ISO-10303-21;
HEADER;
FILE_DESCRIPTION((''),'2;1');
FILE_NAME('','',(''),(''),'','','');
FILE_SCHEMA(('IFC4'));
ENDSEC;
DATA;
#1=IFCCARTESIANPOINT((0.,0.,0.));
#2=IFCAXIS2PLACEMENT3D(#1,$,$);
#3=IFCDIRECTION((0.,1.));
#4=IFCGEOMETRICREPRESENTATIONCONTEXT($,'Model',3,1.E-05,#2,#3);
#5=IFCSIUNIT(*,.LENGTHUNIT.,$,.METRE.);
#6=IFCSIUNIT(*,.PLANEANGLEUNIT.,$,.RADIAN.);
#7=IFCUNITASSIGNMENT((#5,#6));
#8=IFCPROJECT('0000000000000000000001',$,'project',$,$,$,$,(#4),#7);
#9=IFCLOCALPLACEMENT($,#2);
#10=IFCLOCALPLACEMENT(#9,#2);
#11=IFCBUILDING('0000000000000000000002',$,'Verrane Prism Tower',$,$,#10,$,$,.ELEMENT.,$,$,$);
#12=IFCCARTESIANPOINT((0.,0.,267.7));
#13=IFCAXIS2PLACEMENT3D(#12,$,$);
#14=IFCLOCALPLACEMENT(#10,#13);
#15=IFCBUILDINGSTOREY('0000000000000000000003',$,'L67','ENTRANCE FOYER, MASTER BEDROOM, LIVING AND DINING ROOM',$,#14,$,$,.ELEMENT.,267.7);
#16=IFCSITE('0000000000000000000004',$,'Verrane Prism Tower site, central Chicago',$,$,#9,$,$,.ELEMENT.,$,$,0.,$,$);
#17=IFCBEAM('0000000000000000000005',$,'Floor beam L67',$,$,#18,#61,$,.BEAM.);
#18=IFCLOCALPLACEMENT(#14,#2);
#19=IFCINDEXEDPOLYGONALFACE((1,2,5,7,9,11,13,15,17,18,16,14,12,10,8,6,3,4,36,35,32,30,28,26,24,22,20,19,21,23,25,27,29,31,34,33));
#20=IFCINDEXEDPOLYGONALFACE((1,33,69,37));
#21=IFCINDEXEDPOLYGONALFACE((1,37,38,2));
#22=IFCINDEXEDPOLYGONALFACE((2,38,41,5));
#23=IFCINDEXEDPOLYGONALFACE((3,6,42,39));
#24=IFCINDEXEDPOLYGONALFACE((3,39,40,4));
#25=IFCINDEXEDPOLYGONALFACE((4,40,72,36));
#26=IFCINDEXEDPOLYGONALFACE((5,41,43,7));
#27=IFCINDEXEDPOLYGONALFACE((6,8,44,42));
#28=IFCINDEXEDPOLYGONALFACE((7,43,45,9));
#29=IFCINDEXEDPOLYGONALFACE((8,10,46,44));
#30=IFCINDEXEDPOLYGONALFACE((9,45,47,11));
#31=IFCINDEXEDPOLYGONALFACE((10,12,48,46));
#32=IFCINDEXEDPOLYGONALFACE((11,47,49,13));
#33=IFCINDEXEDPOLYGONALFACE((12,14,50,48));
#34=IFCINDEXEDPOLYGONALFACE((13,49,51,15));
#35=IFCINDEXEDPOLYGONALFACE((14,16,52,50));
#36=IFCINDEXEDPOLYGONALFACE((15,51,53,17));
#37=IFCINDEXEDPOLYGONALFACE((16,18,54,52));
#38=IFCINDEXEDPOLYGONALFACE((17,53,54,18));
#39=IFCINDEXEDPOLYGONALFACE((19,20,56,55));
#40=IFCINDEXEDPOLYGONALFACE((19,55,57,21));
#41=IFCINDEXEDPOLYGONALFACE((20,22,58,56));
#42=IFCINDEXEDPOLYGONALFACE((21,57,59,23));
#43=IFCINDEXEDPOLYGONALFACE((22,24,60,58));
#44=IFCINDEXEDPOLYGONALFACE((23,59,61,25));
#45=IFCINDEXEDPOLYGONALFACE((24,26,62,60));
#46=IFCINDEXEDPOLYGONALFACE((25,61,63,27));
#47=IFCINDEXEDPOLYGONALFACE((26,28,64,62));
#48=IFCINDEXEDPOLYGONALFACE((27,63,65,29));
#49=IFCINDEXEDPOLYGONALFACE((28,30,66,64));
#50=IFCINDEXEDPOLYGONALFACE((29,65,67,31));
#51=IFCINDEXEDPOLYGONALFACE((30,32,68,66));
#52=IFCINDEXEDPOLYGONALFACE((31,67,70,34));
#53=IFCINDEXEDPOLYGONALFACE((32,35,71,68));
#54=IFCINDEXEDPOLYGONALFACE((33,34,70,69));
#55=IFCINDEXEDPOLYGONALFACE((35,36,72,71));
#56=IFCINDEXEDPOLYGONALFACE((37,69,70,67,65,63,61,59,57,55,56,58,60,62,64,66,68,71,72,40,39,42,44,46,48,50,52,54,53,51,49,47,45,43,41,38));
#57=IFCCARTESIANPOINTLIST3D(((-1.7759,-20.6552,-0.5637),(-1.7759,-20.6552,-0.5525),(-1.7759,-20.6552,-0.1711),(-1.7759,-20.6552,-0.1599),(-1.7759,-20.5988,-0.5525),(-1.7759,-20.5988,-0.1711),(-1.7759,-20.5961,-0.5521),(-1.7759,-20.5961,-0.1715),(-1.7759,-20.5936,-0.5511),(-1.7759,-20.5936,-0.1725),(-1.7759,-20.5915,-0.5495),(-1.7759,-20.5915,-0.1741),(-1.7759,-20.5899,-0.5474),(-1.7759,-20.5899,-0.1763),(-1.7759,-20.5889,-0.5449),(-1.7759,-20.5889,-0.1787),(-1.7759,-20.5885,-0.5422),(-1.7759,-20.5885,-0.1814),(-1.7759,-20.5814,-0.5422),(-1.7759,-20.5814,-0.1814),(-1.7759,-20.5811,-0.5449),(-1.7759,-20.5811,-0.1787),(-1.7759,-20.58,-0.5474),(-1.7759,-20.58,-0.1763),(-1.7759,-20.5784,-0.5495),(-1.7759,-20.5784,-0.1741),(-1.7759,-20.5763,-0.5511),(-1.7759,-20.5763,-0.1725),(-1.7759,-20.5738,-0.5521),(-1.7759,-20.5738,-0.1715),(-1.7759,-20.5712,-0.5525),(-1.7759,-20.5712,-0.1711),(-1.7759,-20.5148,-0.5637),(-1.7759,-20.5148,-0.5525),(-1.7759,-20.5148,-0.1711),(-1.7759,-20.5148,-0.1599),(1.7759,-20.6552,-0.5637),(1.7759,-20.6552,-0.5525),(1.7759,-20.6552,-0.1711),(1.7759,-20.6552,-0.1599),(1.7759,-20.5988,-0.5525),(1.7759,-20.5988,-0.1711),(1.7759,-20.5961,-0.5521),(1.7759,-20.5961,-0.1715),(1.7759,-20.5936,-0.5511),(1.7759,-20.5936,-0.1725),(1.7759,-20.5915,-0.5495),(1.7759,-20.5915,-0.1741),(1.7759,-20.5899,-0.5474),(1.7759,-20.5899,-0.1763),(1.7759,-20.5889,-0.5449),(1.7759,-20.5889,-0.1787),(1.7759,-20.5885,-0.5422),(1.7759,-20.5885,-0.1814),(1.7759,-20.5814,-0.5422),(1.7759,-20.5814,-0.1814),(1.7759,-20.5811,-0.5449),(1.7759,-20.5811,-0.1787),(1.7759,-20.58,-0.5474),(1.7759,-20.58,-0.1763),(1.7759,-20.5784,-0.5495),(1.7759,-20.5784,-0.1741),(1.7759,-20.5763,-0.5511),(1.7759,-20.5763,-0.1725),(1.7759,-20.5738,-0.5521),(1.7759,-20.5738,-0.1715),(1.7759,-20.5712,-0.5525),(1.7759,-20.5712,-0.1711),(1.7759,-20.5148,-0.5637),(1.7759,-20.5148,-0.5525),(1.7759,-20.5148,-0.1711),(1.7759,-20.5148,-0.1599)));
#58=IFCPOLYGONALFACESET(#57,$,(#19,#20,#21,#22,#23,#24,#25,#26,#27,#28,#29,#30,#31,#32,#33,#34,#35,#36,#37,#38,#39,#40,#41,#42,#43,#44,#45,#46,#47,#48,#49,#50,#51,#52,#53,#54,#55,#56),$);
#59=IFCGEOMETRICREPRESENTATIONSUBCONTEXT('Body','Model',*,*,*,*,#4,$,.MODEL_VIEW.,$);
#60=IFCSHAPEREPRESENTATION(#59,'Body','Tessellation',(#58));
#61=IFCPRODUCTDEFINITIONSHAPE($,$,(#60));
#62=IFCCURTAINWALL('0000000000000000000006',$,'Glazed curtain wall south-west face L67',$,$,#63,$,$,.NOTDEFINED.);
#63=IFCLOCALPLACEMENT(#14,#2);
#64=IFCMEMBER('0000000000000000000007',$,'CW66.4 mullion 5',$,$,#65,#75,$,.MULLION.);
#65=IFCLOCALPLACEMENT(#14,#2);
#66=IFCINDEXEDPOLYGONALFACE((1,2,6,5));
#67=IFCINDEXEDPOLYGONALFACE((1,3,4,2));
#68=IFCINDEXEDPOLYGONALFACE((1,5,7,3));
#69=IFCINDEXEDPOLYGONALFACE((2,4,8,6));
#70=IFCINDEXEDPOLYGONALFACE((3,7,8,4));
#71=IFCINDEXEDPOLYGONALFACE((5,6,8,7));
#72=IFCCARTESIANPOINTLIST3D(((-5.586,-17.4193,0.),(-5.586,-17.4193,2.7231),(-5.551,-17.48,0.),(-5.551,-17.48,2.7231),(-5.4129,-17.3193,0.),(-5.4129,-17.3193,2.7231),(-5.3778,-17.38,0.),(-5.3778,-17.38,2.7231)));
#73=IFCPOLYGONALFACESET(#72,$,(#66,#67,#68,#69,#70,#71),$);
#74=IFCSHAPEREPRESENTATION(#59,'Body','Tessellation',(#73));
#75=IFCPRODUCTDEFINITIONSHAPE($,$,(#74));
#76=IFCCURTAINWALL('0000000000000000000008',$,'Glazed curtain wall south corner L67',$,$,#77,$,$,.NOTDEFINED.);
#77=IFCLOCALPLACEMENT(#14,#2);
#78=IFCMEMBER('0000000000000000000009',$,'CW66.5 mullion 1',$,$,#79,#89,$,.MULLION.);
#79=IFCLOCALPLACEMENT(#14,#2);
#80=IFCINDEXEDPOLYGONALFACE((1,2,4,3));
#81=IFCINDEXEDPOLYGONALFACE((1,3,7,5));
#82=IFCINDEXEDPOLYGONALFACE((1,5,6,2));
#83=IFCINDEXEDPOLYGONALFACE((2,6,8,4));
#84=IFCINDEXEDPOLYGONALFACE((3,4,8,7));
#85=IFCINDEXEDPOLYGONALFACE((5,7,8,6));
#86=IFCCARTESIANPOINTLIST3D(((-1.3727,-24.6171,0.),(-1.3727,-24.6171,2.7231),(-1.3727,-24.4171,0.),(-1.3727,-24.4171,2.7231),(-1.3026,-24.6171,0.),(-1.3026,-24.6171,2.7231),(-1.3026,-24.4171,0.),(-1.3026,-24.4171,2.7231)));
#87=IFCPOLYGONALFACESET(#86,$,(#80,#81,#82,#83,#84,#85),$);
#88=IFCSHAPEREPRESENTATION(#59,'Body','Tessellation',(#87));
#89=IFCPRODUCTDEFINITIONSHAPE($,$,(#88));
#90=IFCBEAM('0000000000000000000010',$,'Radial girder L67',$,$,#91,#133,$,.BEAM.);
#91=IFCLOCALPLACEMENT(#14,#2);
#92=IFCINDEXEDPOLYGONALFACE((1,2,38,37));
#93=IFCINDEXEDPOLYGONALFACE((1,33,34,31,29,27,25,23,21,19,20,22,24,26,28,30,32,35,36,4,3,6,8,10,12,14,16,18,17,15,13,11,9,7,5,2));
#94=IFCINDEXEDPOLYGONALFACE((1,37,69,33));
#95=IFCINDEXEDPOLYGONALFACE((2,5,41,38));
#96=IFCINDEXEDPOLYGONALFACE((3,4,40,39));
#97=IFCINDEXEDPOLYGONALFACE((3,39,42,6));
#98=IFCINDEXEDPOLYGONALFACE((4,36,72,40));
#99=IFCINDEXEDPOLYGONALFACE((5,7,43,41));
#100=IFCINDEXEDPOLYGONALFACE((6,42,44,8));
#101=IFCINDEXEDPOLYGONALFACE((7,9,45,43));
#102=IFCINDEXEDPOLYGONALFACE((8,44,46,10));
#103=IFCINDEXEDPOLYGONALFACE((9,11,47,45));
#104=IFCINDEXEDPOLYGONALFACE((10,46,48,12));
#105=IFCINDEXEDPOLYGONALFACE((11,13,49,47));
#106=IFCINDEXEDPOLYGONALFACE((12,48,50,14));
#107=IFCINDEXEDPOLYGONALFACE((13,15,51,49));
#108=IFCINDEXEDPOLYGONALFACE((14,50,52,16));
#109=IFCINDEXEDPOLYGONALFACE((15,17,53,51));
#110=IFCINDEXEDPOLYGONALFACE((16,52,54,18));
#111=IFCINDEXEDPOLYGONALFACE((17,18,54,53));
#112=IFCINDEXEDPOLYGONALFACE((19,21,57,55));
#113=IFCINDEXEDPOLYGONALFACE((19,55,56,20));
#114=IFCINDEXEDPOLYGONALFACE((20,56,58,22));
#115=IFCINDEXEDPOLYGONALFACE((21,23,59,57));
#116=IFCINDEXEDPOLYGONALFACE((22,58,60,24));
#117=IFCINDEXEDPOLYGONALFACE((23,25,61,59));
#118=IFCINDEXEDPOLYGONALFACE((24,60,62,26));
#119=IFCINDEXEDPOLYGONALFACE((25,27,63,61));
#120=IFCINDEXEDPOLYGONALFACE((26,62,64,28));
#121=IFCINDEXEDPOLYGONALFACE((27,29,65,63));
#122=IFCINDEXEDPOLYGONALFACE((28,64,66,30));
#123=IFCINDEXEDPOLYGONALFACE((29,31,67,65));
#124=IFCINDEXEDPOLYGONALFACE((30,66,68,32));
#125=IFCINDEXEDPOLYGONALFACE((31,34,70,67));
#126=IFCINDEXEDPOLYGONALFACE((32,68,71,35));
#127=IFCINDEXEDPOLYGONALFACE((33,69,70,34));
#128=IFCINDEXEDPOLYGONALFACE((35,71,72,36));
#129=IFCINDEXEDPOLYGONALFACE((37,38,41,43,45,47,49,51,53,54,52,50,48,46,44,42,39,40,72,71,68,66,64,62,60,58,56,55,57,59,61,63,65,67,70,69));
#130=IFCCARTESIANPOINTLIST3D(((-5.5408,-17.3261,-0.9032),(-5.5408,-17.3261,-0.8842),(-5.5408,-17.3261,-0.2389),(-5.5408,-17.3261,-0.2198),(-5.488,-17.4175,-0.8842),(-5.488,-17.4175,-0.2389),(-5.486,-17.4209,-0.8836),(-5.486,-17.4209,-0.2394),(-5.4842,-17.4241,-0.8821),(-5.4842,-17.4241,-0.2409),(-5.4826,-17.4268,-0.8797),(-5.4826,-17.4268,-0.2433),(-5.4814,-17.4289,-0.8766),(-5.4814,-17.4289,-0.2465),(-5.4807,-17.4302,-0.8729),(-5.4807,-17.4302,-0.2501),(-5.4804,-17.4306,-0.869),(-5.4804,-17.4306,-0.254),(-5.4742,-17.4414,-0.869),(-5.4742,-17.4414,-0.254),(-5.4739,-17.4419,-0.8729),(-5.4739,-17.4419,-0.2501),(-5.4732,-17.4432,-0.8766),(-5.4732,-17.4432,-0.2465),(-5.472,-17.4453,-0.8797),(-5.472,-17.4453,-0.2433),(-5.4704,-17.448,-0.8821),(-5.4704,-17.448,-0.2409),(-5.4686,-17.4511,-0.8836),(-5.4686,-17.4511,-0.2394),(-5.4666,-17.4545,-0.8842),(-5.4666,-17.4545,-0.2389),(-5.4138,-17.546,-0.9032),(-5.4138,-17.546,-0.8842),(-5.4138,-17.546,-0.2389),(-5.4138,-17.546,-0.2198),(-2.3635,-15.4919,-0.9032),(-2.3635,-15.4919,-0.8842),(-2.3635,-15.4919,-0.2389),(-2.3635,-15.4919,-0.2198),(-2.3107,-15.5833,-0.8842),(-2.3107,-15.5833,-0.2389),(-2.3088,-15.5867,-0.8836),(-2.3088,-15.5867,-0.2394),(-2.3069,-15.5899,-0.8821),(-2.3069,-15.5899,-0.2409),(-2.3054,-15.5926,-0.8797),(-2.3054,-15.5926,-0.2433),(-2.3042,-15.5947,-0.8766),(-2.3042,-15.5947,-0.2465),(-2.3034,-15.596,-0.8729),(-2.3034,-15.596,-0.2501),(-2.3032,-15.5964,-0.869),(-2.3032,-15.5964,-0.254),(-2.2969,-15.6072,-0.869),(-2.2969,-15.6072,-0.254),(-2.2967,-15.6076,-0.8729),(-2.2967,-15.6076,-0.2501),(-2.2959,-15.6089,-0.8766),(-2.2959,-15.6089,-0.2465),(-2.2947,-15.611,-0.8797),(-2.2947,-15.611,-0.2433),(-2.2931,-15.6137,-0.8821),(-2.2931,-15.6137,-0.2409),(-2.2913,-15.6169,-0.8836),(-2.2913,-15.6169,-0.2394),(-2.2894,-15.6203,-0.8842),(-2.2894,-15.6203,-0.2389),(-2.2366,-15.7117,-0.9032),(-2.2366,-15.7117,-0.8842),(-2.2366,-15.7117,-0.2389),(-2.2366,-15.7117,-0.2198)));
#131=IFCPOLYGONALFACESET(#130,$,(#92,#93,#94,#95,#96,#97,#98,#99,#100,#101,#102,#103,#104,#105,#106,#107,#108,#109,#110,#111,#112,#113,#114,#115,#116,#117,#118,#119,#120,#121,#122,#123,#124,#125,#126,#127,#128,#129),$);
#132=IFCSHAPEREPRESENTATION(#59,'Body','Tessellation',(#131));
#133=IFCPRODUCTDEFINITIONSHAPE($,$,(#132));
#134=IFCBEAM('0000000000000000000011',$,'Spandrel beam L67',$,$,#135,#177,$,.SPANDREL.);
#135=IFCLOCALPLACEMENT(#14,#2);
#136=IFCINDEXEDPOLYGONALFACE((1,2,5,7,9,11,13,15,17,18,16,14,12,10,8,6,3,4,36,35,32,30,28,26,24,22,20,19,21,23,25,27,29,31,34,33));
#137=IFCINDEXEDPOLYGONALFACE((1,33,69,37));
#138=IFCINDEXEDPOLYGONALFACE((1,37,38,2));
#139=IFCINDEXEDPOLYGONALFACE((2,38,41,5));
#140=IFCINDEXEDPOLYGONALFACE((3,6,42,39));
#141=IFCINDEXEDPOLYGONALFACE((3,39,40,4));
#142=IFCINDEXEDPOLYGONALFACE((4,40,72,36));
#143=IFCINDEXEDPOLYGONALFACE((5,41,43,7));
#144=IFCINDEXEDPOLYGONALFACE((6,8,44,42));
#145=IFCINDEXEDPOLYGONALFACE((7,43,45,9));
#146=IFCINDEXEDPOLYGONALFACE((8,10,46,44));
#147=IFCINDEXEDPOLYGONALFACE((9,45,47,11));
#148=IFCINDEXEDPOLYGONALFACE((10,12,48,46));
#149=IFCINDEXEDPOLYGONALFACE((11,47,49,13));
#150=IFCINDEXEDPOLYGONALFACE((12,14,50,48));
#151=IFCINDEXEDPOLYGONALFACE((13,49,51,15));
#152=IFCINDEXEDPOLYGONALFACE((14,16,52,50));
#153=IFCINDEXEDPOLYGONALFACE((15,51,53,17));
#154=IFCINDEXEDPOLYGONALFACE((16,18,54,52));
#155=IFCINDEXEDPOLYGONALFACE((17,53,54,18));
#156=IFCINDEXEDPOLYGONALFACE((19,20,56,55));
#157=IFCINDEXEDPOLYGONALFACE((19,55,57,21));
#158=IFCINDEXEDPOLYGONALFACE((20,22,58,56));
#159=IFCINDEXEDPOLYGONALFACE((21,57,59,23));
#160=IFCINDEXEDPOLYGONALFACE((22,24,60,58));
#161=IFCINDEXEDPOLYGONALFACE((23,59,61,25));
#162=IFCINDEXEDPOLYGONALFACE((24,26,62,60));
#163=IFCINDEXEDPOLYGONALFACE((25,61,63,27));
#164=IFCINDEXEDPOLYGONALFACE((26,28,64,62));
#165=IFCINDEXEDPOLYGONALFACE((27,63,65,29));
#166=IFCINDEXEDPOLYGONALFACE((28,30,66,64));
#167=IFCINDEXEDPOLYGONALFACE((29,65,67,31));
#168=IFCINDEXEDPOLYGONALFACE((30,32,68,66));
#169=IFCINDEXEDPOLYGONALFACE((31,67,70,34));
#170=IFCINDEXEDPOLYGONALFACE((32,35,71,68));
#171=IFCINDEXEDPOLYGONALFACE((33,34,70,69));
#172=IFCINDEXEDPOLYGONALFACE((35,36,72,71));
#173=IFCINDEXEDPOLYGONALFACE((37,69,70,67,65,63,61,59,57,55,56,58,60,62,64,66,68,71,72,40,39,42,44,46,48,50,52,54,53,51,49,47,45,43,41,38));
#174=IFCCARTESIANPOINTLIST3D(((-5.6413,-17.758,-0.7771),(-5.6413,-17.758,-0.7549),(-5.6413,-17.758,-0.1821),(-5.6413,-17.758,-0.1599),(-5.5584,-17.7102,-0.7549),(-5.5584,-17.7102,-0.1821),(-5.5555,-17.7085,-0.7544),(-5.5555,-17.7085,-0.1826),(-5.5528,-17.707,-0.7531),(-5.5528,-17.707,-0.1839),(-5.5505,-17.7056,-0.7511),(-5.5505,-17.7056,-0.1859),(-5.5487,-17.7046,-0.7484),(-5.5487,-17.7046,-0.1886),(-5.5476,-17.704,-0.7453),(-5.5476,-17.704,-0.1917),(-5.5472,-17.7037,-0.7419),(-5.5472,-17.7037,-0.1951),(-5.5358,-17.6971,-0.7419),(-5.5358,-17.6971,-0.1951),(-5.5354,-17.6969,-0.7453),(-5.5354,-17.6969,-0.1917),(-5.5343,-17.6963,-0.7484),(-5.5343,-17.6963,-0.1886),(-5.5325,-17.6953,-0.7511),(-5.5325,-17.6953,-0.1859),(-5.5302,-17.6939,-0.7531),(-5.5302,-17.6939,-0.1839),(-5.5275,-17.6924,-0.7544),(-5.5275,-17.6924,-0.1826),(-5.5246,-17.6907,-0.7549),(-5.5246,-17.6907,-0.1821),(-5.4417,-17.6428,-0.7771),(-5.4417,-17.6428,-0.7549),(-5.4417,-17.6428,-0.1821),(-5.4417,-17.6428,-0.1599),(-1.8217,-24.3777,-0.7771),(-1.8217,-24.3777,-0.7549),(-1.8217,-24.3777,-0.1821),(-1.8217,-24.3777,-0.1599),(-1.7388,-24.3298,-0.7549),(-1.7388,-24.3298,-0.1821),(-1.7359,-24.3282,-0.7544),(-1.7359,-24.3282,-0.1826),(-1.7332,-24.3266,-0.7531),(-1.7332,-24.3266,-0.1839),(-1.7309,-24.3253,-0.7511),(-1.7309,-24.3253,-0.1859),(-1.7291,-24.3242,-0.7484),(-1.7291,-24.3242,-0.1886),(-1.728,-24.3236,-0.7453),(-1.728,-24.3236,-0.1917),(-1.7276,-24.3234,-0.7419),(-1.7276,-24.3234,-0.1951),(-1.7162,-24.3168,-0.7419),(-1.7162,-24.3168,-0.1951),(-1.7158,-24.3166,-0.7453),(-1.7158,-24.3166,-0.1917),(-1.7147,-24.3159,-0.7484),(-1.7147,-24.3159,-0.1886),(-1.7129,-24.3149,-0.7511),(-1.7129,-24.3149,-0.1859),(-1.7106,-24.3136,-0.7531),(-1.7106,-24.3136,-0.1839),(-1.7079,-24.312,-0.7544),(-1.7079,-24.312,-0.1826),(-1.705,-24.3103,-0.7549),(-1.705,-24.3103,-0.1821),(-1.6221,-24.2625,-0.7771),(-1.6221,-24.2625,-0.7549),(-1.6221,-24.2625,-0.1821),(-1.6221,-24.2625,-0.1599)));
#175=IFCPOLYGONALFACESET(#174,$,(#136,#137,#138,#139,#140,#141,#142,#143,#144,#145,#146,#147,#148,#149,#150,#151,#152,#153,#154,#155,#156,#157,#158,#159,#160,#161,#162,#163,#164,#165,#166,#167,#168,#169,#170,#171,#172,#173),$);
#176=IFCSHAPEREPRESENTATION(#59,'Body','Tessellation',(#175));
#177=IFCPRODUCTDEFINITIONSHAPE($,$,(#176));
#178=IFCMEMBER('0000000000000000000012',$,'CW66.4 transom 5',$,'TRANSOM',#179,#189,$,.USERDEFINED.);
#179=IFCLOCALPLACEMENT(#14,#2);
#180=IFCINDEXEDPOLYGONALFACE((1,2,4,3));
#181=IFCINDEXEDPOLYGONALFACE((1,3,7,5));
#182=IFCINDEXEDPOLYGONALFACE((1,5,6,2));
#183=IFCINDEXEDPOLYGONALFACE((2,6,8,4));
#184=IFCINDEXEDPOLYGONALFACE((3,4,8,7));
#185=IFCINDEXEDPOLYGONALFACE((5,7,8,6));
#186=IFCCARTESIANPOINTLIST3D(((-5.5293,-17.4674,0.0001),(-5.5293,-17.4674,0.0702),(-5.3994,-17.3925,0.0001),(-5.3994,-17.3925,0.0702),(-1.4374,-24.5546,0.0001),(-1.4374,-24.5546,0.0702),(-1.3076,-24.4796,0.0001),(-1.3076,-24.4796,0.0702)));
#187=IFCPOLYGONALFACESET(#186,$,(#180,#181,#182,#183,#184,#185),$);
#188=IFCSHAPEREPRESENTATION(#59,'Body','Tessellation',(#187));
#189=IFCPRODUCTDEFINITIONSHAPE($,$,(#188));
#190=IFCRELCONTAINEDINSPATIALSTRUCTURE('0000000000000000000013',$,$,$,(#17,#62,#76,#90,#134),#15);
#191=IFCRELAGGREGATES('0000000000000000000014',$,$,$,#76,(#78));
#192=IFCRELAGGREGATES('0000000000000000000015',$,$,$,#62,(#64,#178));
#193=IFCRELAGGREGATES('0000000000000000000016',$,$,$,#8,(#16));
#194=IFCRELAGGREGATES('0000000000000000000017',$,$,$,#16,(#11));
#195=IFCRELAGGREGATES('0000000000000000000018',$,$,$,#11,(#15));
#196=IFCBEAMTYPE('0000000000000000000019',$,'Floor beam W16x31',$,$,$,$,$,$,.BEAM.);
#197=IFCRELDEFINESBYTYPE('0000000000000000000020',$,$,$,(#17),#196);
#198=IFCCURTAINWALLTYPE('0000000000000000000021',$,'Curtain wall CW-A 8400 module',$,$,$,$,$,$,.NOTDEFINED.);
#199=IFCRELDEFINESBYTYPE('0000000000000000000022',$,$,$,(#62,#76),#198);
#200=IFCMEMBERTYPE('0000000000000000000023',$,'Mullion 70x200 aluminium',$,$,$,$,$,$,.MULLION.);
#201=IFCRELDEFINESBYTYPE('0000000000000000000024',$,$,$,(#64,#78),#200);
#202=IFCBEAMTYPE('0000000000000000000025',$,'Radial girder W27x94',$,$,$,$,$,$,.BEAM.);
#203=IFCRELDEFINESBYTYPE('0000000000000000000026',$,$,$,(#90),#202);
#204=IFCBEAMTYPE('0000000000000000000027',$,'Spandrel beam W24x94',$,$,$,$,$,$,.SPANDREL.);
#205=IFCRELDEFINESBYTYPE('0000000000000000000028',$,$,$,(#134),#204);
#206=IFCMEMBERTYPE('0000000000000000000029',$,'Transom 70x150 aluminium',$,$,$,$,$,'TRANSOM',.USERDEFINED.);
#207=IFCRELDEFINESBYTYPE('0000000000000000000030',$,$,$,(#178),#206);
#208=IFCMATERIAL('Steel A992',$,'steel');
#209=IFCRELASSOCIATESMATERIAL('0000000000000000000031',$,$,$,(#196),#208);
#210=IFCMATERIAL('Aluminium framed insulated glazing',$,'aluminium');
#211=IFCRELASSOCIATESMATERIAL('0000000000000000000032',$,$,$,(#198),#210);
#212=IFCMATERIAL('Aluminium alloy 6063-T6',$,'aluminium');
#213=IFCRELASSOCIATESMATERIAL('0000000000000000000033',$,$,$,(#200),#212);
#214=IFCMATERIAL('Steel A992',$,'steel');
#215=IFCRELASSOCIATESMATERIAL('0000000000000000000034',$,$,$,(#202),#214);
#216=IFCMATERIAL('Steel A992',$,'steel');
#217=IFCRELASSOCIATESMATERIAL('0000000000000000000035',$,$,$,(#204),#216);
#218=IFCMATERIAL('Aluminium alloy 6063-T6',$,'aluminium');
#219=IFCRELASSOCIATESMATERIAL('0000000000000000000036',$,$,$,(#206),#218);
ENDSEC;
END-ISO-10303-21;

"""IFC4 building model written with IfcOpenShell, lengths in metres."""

from ifc_helpers import new_model, si_unit, direction, frame, origin, origin_2d, place, context, subcontext, project, spatial, rectangle, i_section, extrude, material, material_profile, profile_set, type_object, element, aggregate, save


model = new_model("IFC4")

# Units and contexts
model_context = context("Model", 3, precision=1e-05, world=origin(), true_north=direction((0.0, 1.0)))
body_context = subcontext(model_context, "Body", "Model", "MODEL_VIEW")
ifc_project = project(units=[si_unit("LENGTHUNIT", "METRE"), si_unit("PLANEANGLEUNIT", "RADIAN")], contexts=[model_context])

# Site, building, storey
site_placement = place(None, origin())
site = spatial("IfcSite", under=ifc_project, at=site_placement, Name="Verrane Prism Tower site, central Chicago", CompositionType="ELEMENT", RefElevation=0.0)
building_placement = place(site_placement, origin())
building = spatial("IfcBuilding", under=site, at=building_placement, Name="Verrane Prism Tower", CompositionType="ELEMENT")
storey_placement = place(building_placement, frame((0.0, 0.0, 267.7)))
storey = spatial("IfcBuildingStorey", under=building, at=storey_placement, Name="L67", Description="ENTRANCE FOYER, MASTER BEDROOM, LIVING AND DINING ROOM", CompositionType="ELEMENT", Elevation=267.7)

# Beam
ifc_material_1 = material(Name="Steel A992", Category="steel")
ifc_material_profile_1 = material_profile(ifc_material_1, i_section(OverallWidth=0.1404, OverallDepth=0.4038, WebThickness=0.0071, FlangeThickness=0.0112, FilletRadius=0.0103, at=origin_2d()), Name="W16x31")
ifc_profile_set_1 = profile_set([ifc_material_profile_1], Name="Steel A992")
beam_type_1 = type_object("IfcBeamType", Name="Floor beam W16x31", PredefinedType="BEAM", material=ifc_profile_set_1)
beam_1_placement = place(storey_placement, frame((-1.7759, -20.585, -0.3618), z_axis=(1.0, 0.0, 0.0), x_axis=(0.0, 1.0, 0.0)))
element("IfcBeam", 1, at=beam_1_placement, inside=storey, type_object=beam_type_1, Name="Floor beam L67", PredefinedType="BEAM", context=body_context, shape_type="SweptSolid", body=[
    extrude(i_section(OverallWidth=0.1404, OverallDepth=0.4038, WebThickness=0.0071, FlangeThickness=0.0112, FilletRadius=0.0103, at=origin_2d()), origin(), (0.0, 0.0, 1.0), 3.5518),
])

# Curtain walls, members
ifc_material_2 = material(Name="Aluminium framed insulated glazing", Category="aluminium")
curtain_wall_type = type_object("IfcCurtainWallType", Name="Curtain wall CW-A 8400 module", PredefinedType="NOTDEFINED", material=ifc_material_2)
curtain_wall_1_placement = place(storey_placement, origin())
curtain_wall_1 = element("IfcCurtainWall", 2, at=curtain_wall_1_placement, inside=storey, type_object=curtain_wall_type, Name="Glazed curtain wall south-west face L67", PredefinedType="NOTDEFINED")
ifc_material_3 = material(Name="Aluminium alloy 6063-T6", Category="aluminium")
ifc_material_profile_2 = material_profile(ifc_material_3, rectangle(XDim=0.2, YDim=0.0701, at=origin_2d()), Name="Mullion 70x200 aluminium")
ifc_profile_set_2 = profile_set([ifc_material_profile_2], Name="Aluminium alloy 6063-T6")
member_type_1 = type_object("IfcMemberType", Name="Mullion 70x200 aluminium", PredefinedType="MULLION", material=ifc_profile_set_2)
member_1_placement = place(storey_placement, frame((-5.4819, -17.3997, 0.0), z_axis=(0.0, 0.0, 1.0), x_axis=(0.866025, 0.500001, 0.0)))
member_1 = element("IfcMember", 3, at=member_1_placement, type_object=member_type_1, Name="CW66.4 mullion 5", PredefinedType="MULLION", context=body_context, shape_type="SweptSolid", body=[
    extrude(rectangle(XDim=0.2, YDim=0.0701, at=origin_2d()), origin(), (0.0, 0.0, 1.0), 2.7231),
])
curtain_wall_2_placement = place(storey_placement, origin())
curtain_wall_2 = element("IfcCurtainWall", 4, at=curtain_wall_2_placement, inside=storey, type_object=curtain_wall_type, Name="Glazed curtain wall south corner L67", PredefinedType="NOTDEFINED")
member_2_placement = place(storey_placement, frame((-1.3376, -24.5171, 0.0), z_axis=(0.0, 0.0, 1.0), x_axis=(0.0, 1.0, 0.0)))
member_2 = element("IfcMember", 5, at=member_2_placement, type_object=member_type_1, Name="CW66.5 mullion 1", PredefinedType="MULLION", context=body_context, shape_type="SweptSolid", body=[
    extrude(rectangle(XDim=0.2, YDim=0.0701, at=origin_2d()), origin(), (0.0, 0.0, 1.0), 2.7231),
])

# Beams
ifc_material_4 = material(Name="Steel A992", Category="steel")
ifc_material_profile_3 = material_profile(ifc_material_4, i_section(OverallWidth=0.2539, OverallDepth=0.6833, WebThickness=0.0125, FlangeThickness=0.019, FilletRadius=0.0151, at=origin_2d()), Name="W27x94")
ifc_profile_set_3 = profile_set([ifc_material_profile_3], Name="Steel A992")
beam_type_2 = type_object("IfcBeamType", Name="Radial girder W27x94", PredefinedType="BEAM", material=ifc_profile_set_3)
beam_2_placement = place(storey_placement, frame((-5.4773, -17.436, -0.5615), z_axis=(0.866044, 0.499968, 0.0), x_axis=(-0.499968, 0.866044, 0.0)))
element("IfcBeam", 6, at=beam_2_placement, inside=storey, type_object=beam_type_2, Name="Radial girder L67", PredefinedType="BEAM", context=body_context, shape_type="SweptSolid", body=[
    extrude(i_section(OverallWidth=0.2539, OverallDepth=0.6833, WebThickness=0.0125, FlangeThickness=0.019, FilletRadius=0.0151, at=origin_2d()), origin(), (0.0, 0.0, 1.0), 3.6687),
])
ifc_material_5 = material(Name="Steel A992", Category="steel")
ifc_material_profile_4 = material_profile(ifc_material_5, i_section(OverallWidth=0.2305, OverallDepth=0.6172, WebThickness=0.0132, FlangeThickness=0.0222, FilletRadius=0.0129, at=origin_2d()), Name="W24x94")
ifc_profile_set_4 = profile_set([ifc_material_profile_4], Name="Steel A992")
beam_type_3 = type_object("IfcBeamType", Name="Spandrel beam W24x94", PredefinedType="SPANDREL", material=ifc_profile_set_4)
beam_3_placement = place(storey_placement, frame((-5.5415, -17.7004, -0.4685), z_axis=(0.499778, -0.866154, 0.0), x_axis=(0.866154, 0.499778, 0.0)))
element("IfcBeam", 7, at=beam_3_placement, inside=storey, type_object=beam_type_3, Name="Spandrel beam L67", PredefinedType="SPANDREL", context=body_context, shape_type="SweptSolid", body=[
    extrude(i_section(OverallWidth=0.2305, OverallDepth=0.6172, WebThickness=0.0132, FlangeThickness=0.0222, FilletRadius=0.0129, at=origin_2d()), origin(), (0.0, 0.0, 1.0), 7.6426),
])

# Member
ifc_material_6 = material(Name="Aluminium alloy 6063-T6", Category="aluminium")
ifc_material_profile_5 = material_profile(ifc_material_6, rectangle(XDim=0.1499, YDim=0.0701, at=origin_2d()), Name="Transom 70x150 aluminium")
ifc_profile_set_5 = profile_set([ifc_material_profile_5], Name="Aluminium alloy 6063-T6")
member_type_2 = type_object("IfcMemberType", Name="Transom 70x150 aluminium", ElementType="TRANSOM", PredefinedType="USERDEFINED", material=ifc_profile_set_5)
member_3_placement = place(storey_placement, frame((-5.4644, -17.4299, 0.0352), z_axis=(0.500002, -0.866024, 0.0), x_axis=(0.866024, 0.500002, 0.0)))
member_3 = element("IfcMember", 8, at=member_3_placement, type_object=member_type_2, Name="CW66.4 transom 5", ObjectType="TRANSOM", PredefinedType="USERDEFINED", context=body_context, shape_type="SweptSolid", body=[
    extrude(rectangle(XDim=0.1499, YDim=0.0701, at=origin_2d()), origin(), (0.0, 0.0, 1.0), 8.1836),
])
aggregate(curtain_wall_2, [member_2])

aggregate(curtain_wall_1, [member_1, member_3])

save(model, "model.ifc")
